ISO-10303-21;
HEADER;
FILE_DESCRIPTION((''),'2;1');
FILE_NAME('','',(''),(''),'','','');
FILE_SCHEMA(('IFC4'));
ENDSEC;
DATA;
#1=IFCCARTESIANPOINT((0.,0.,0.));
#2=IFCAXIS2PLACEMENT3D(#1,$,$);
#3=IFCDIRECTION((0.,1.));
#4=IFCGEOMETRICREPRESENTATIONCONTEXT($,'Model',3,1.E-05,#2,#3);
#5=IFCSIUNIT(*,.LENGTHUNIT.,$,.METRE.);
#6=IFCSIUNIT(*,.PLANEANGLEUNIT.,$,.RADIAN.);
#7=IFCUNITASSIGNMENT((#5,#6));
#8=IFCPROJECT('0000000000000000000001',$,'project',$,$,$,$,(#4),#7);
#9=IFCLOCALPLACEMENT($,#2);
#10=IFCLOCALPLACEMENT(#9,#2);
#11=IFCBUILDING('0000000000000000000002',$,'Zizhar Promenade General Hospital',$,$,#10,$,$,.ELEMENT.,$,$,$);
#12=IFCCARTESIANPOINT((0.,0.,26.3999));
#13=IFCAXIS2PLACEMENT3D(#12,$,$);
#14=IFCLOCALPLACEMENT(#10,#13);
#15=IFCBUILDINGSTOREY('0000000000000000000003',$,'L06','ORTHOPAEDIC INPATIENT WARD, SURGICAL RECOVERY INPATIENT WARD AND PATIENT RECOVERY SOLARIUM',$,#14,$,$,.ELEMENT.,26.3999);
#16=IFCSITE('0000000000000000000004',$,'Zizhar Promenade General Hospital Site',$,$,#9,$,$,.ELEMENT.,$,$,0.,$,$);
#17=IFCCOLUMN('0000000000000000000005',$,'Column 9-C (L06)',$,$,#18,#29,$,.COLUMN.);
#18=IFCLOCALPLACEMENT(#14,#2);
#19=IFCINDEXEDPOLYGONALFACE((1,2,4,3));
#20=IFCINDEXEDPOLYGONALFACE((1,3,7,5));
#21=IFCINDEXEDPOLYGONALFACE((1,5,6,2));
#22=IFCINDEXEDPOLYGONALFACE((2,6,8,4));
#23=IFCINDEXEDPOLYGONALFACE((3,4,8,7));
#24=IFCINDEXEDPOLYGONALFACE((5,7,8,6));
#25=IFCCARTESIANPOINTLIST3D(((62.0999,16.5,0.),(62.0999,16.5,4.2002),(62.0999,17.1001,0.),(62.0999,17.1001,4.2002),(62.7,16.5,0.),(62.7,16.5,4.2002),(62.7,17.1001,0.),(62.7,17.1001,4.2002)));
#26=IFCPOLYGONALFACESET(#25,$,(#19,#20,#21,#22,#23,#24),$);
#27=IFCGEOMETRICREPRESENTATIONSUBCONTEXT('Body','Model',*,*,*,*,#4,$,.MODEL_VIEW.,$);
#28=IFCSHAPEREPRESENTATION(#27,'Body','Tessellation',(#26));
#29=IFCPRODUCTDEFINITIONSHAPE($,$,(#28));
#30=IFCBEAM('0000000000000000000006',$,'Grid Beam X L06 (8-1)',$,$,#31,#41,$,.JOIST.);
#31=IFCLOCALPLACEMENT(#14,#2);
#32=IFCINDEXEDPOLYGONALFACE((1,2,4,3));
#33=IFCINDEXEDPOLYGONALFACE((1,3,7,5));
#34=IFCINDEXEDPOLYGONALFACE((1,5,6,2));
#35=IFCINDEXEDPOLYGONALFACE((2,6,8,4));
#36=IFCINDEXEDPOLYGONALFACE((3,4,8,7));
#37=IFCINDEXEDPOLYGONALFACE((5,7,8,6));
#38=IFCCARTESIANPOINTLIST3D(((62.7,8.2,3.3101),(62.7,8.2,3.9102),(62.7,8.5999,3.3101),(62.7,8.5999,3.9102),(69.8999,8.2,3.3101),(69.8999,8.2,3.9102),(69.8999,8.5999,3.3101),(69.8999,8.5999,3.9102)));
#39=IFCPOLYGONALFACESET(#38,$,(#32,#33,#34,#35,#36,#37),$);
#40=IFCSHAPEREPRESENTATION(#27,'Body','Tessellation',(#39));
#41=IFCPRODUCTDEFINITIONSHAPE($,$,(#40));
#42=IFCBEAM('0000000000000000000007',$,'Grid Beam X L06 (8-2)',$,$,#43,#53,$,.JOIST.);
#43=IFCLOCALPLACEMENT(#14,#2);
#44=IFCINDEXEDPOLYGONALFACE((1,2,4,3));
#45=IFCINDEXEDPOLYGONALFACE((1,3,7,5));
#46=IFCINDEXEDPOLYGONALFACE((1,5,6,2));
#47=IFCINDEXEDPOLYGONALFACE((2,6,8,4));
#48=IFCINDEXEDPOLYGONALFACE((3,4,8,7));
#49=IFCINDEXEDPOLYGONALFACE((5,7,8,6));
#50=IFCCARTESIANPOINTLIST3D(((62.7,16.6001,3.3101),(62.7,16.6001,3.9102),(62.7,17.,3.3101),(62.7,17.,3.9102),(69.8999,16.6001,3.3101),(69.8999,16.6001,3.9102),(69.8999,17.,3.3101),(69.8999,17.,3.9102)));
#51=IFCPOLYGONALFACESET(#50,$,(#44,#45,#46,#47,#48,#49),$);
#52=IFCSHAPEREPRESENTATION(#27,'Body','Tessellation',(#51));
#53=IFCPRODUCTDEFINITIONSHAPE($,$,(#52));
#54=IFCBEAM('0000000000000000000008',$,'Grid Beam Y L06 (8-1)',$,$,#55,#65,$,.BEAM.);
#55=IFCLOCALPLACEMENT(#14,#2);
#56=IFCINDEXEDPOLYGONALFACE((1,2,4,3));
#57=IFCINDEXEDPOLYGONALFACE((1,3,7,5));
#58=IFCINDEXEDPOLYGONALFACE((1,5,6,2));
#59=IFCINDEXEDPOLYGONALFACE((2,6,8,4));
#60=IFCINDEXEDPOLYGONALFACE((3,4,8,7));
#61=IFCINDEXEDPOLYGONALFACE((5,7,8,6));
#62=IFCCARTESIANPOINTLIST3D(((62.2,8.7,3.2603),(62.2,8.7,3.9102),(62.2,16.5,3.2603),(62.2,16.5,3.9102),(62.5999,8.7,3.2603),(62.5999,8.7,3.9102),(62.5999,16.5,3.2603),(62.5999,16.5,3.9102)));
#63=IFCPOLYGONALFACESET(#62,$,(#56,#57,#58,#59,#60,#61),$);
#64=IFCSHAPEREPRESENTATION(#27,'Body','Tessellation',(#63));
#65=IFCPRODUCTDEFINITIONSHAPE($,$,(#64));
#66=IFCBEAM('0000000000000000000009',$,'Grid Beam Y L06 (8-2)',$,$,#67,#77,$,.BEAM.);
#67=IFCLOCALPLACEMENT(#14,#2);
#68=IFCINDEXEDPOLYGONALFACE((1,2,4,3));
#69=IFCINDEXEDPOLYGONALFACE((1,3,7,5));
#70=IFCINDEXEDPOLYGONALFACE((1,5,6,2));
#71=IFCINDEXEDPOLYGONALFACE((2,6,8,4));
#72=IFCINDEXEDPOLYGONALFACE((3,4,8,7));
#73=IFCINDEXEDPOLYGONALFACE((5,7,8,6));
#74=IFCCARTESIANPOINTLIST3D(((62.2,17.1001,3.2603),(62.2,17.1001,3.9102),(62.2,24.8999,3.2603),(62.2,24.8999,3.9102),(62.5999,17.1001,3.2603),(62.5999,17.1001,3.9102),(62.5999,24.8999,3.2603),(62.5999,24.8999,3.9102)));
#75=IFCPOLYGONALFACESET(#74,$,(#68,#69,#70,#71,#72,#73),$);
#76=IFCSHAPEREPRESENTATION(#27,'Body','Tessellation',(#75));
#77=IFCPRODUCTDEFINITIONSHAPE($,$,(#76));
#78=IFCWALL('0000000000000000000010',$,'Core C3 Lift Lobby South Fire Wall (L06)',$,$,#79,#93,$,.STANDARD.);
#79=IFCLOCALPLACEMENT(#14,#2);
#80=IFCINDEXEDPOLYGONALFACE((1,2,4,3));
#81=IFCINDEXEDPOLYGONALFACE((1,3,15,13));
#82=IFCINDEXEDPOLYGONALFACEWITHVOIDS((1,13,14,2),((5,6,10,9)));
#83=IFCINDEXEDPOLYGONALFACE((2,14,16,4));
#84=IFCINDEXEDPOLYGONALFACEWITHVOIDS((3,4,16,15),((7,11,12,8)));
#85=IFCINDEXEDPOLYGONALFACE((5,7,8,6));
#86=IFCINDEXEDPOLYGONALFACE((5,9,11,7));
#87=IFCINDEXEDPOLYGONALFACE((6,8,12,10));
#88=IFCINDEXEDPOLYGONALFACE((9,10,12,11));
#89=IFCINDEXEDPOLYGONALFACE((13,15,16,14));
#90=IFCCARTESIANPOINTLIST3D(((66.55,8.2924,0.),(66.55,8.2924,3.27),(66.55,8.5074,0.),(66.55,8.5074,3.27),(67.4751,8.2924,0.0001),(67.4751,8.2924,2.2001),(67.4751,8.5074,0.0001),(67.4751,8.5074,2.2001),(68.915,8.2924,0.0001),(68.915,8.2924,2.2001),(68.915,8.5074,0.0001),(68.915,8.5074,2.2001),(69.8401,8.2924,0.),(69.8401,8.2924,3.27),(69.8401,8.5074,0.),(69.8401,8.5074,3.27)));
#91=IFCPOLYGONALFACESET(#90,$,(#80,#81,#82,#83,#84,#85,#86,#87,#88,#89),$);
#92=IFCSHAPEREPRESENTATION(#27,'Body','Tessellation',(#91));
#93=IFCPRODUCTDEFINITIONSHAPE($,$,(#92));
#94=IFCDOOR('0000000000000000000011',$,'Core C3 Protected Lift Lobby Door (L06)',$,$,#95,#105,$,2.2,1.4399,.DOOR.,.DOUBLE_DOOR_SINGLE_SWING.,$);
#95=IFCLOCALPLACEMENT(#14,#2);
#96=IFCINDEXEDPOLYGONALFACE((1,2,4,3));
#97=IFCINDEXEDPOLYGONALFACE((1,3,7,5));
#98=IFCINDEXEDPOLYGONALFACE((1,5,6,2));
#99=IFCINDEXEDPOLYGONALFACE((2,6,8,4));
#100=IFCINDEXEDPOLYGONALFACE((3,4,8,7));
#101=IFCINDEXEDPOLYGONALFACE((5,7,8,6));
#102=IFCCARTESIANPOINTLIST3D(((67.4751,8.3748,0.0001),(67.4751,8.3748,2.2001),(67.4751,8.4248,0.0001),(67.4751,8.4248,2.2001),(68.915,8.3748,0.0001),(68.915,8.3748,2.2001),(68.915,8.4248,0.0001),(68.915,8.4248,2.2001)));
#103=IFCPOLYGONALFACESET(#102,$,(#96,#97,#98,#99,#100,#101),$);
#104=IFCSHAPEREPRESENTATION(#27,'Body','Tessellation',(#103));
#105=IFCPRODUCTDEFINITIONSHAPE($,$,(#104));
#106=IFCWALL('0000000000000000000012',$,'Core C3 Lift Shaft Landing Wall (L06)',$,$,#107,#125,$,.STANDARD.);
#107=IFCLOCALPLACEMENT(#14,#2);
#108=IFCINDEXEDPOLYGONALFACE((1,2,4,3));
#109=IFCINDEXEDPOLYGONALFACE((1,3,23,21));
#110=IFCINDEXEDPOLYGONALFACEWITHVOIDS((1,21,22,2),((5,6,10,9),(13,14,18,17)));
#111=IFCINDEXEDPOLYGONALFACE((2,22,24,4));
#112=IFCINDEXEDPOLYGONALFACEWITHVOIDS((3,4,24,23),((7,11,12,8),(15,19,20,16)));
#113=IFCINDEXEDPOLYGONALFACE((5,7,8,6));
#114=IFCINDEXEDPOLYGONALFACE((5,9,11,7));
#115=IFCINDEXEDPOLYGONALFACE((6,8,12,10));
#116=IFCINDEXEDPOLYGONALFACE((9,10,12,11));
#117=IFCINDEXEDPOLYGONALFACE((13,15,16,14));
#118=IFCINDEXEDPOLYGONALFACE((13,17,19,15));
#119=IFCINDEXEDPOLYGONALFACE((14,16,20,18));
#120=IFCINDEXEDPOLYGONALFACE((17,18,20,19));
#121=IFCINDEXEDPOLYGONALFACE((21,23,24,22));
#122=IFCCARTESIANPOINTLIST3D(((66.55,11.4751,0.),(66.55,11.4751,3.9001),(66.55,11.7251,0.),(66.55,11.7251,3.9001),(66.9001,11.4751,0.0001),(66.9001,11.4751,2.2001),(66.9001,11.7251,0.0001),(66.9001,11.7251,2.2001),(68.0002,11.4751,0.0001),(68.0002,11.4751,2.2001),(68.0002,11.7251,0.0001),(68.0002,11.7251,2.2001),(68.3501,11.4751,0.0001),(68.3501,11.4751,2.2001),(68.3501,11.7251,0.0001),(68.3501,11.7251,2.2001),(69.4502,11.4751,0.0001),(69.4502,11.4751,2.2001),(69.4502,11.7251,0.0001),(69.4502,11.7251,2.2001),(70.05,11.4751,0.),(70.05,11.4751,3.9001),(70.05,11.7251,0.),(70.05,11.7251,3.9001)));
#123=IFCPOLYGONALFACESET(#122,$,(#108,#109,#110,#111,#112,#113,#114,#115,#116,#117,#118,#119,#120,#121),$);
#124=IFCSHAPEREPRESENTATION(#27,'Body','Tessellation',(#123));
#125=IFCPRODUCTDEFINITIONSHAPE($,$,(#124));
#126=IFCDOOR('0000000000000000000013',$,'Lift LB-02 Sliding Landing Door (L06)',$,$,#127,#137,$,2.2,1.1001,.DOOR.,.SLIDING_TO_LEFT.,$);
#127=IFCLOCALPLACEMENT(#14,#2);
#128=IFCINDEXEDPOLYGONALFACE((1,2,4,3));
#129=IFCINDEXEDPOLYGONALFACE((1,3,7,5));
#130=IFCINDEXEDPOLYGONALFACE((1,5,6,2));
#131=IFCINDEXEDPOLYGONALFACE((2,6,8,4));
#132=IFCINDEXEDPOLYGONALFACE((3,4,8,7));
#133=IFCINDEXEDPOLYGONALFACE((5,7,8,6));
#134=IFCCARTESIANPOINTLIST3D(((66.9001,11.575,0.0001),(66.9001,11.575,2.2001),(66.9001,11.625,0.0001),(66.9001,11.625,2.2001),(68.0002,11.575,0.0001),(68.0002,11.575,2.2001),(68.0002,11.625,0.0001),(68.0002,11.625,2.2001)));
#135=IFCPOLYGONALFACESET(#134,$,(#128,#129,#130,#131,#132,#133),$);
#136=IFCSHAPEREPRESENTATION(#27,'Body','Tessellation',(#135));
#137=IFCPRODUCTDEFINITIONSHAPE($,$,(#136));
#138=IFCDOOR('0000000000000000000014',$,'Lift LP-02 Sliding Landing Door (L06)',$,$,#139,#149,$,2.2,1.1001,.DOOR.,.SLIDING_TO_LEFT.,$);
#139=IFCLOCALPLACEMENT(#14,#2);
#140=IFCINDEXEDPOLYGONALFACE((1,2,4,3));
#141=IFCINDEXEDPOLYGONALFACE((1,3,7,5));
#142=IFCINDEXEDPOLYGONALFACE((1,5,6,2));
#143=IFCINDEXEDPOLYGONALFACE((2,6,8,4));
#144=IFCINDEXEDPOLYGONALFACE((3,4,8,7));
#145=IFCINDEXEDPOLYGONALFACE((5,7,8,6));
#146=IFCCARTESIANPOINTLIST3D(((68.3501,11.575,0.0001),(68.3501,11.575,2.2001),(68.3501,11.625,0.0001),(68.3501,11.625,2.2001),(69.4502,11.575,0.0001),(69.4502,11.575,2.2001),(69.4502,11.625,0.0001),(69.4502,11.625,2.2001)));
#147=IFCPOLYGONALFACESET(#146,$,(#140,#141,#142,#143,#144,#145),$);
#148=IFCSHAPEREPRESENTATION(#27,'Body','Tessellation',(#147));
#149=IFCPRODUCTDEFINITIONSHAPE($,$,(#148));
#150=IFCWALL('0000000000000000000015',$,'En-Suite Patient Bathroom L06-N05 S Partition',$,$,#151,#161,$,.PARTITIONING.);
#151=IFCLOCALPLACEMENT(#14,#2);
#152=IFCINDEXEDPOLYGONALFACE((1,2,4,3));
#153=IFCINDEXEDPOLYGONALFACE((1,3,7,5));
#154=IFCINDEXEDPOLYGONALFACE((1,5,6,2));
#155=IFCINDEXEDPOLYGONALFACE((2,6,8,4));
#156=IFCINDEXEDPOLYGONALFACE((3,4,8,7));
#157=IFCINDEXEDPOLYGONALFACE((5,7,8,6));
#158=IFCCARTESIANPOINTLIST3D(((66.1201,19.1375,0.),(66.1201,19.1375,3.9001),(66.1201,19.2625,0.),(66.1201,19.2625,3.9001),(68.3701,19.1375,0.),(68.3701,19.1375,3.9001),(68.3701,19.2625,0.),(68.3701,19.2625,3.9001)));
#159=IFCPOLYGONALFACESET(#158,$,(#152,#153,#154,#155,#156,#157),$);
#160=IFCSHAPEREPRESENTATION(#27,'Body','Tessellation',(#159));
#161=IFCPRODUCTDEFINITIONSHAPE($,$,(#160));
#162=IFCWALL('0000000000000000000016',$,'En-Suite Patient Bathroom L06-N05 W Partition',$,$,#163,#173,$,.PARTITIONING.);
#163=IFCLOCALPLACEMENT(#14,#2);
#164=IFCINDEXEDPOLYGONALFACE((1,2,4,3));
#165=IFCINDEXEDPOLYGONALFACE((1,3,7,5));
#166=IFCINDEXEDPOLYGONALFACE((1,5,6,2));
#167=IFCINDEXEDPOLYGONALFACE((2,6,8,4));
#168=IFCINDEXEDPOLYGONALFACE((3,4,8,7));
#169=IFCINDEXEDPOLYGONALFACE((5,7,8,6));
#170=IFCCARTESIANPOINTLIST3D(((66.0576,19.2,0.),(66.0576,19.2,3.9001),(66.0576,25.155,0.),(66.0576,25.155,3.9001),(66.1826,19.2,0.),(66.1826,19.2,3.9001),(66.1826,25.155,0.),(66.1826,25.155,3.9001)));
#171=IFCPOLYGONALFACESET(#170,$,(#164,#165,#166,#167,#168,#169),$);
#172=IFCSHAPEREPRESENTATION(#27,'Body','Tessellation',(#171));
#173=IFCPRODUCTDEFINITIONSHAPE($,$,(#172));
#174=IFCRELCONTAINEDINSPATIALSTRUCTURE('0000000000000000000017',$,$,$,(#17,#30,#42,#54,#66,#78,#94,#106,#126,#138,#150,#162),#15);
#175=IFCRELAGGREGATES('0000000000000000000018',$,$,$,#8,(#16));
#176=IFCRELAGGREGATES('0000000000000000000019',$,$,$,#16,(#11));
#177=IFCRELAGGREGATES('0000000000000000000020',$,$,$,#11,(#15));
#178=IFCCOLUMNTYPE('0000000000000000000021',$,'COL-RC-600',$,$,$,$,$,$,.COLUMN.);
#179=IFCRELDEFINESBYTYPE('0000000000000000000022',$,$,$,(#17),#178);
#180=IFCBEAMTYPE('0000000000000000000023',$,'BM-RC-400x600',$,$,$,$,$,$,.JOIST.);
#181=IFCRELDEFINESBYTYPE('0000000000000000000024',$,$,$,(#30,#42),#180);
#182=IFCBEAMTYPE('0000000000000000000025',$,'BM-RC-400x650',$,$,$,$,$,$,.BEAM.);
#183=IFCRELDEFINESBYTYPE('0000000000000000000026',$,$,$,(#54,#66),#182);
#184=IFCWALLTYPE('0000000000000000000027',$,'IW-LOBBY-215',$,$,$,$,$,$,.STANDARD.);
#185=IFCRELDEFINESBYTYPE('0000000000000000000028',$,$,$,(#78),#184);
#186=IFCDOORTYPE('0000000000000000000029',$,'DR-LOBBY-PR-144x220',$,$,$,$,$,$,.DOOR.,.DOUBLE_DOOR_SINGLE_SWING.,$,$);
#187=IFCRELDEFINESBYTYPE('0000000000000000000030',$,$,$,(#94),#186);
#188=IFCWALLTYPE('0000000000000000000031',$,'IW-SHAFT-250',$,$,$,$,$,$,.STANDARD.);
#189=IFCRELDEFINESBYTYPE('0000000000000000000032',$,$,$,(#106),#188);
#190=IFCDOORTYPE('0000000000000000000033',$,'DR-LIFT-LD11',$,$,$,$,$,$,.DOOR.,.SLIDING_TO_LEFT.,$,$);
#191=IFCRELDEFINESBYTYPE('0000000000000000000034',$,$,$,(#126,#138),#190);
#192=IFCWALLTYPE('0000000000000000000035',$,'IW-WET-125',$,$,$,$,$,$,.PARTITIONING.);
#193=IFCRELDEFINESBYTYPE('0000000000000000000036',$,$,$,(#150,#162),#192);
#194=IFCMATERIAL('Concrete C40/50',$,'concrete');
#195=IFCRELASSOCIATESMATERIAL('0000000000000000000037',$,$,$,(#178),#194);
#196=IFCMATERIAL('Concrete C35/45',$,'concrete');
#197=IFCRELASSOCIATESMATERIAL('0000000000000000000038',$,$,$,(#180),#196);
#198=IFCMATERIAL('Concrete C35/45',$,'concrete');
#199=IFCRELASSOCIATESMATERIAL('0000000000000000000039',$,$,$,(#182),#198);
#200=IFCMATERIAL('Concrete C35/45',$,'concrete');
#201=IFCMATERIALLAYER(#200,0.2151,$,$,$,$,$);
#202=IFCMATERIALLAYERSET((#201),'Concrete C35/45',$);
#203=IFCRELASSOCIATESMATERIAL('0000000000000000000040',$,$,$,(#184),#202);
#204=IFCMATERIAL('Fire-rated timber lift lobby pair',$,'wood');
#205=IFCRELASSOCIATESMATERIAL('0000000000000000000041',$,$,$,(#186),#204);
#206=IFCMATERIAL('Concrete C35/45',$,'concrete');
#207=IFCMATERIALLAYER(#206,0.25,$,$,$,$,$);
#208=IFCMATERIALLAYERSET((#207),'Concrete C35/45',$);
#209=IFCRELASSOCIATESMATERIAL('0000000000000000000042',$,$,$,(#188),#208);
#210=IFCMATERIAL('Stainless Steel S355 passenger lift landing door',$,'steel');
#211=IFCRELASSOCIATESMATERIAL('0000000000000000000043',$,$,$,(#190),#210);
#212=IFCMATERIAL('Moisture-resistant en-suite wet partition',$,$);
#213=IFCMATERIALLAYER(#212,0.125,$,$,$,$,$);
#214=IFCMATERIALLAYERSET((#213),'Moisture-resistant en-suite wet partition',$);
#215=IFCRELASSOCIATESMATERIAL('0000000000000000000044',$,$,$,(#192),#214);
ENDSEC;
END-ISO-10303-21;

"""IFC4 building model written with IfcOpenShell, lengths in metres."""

from ifc_helpers import new_model, si_unit, direction, frame, frame_2d, origin, origin_2d, place, context, subcontext, project, spatial, rectangle, extrude, material, layer, layer_set, material_profile, profile_set, type_object, element, fill, save


model = new_model("IFC4")

# Units and contexts
model_context = context("Model", 3, precision=1e-05, world=origin(), true_north=direction((0.0, 1.0)))
body_context = subcontext(model_context, "Body", "Model", "MODEL_VIEW")
ifc_project = project(units=[si_unit("LENGTHUNIT", "METRE"), si_unit("PLANEANGLEUNIT", "RADIAN")], contexts=[model_context])

# Site, building, storey
site_placement = place(None, origin())
site = spatial("IfcSite", under=ifc_project, at=site_placement, Name="Zizhar Promenade General Hospital Site", CompositionType="ELEMENT", RefElevation=0.0)
building_placement = place(site_placement, origin())
building = spatial("IfcBuilding", under=site, at=building_placement, Name="Zizhar Promenade General Hospital", CompositionType="ELEMENT")
storey_placement = place(building_placement, frame((0.0, 0.0, 26.3999)))
storey = spatial("IfcBuildingStorey", under=building, at=storey_placement, Name="L06", Description="ORTHOPAEDIC INPATIENT WARD, SURGICAL RECOVERY INPATIENT WARD AND PATIENT RECOVERY SOLARIUM", CompositionType="ELEMENT", Elevation=26.3999)

# Column
ifc_material_1 = material(Name="Concrete C40/50", Category="concrete")
ifc_material_profile_1 = material_profile(ifc_material_1, rectangle(XDim=0.6001, YDim=0.6001, at=origin_2d()))
ifc_profile_set_1 = profile_set([ifc_material_profile_1], Name="Concrete C40/50")
column_type = type_object("IfcColumnType", Name="COL-RC-600", PredefinedType="COLUMN", material=ifc_profile_set_1)
column_placement = place(storey_placement, frame((62.3999, 16.8, 0.0), z_axis=(0.0, 0.0, 1.0), x_axis=(1.0, 0.0, 0.0)))
element("IfcColumn", 1, at=column_placement, inside=storey, type_object=column_type, Name="Column 9-C (L06)", PredefinedType="COLUMN", context=body_context, shape_type="SweptSolid", body=[
    extrude(rectangle(XDim=0.6001, YDim=0.6001, at=origin_2d()), origin(), (0.0, 0.0, 1.0), 4.2002),
])

# Beams
ifc_material_2 = material(Name="Concrete C35/45", Category="concrete")
ifc_material_profile_2 = material_profile(ifc_material_2, rectangle(XDim=0.3999, YDim=0.6001, at=origin_2d()))
ifc_profile_set_2 = profile_set([ifc_material_profile_2], Name="Concrete C35/45")
beam_type_1 = type_object("IfcBeamType", Name="BM-RC-400x600", PredefinedType="JOIST", material=ifc_profile_set_2)
for number, where, z_axis, x_axis, name in (
    (2, (62.7, 8.3999, 3.6101), (1.0, 0.0, 0.0), (0.0, 1.0, 0.0), "Grid Beam X L06 (8-1)"),
    (3, (62.7, 16.8, 3.6101), (1.0, 0.0, 0.0), (0.0, 1.0, 0.0), "Grid Beam X L06 (8-2)"),
):
    element("IfcBeam", number, at=place(storey_placement, frame(where, z_axis=z_axis, x_axis=x_axis)), inside=storey, type_object=beam_type_1, Name=name, PredefinedType="JOIST", context=body_context, shape_type="SweptSolid", body=[
        extrude(rectangle(XDim=0.3999, YDim=0.6001, at=origin_2d()), origin(), (0.0, 0.0, 1.0), 7.2),
    ])
ifc_material_3 = material(Name="Concrete C35/45", Category="concrete")
ifc_material_profile_3 = material_profile(ifc_material_3, rectangle(XDim=0.3999, YDim=0.6499, at=origin_2d()))
ifc_profile_set_3 = profile_set([ifc_material_profile_3], Name="Concrete C35/45")
beam_type_2 = type_object("IfcBeamType", Name="BM-RC-400x650", PredefinedType="BEAM", material=ifc_profile_set_3)
beam_1_placement = place(storey_placement, frame((62.3999, 8.7, 3.5852), z_axis=(0.0, 1.0, 0.0), x_axis=(-1.0, 0.0, 0.0)))
element("IfcBeam", 4, at=beam_1_placement, inside=storey, type_object=beam_type_2, Name="Grid Beam Y L06 (8-1)", PredefinedType="BEAM", context=body_context, shape_type="SweptSolid", body=[
    extrude(rectangle(XDim=0.3999, YDim=0.6499, at=origin_2d()), origin(), (0.0, 0.0, 1.0), 7.8),
])
beam_2_placement = place(storey_placement, frame((62.3999, 17.1001, 3.5852), z_axis=(0.0, 1.0, 0.0), x_axis=(-1.0, 0.0, 0.0)))
element("IfcBeam", 5, at=beam_2_placement, inside=storey, type_object=beam_type_2, Name="Grid Beam Y L06 (8-2)", PredefinedType="BEAM", context=body_context, shape_type="SweptSolid", body=[
    extrude(rectangle(XDim=0.3999, YDim=0.6499, at=origin_2d()), origin(), (0.0, 0.0, 1.0), 7.7998),
])

# Wall, opening, door
ifc_material_4 = material(Name="Concrete C35/45", Category="concrete")
ifc_layer_1 = layer(ifc_material_4, 0.2151)
ifc_layer_set_1 = layer_set([ifc_layer_1], Name="Concrete C35/45")
wall_type_1 = type_object("IfcWallType", Name="IW-LOBBY-215", PredefinedType="STANDARD", material=ifc_layer_set_1)
wall_1_placement = place(storey_placement, frame((66.55, 8.3999, 0.0), z_axis=(0.0, 0.0, 1.0), x_axis=(1.0, 0.0, 0.0)))
wall_1 = element("IfcWall", 6, at=wall_1_placement, inside=storey, type_object=wall_type_1, Name="Core C3 Lift Lobby South Fire Wall (L06)", PredefinedType="STANDARD", context=body_context, shape_type="SweptSolid", body=[
    extrude(rectangle(XDim=3.29, YDim=0.2151, at=frame_2d((1.645, 0.0))), origin(), (0.0, 0.0, 1.0), 3.27),
])
opening_1_placement = place(wall_1_placement, frame((0.925, 0.0, 0.0)))
opening_1 = element("IfcOpeningElement", 7, at=opening_1_placement, cuts=wall_1, PredefinedType="OPENING", context=body_context, shape_type="SweptSolid", body=[
    extrude(rectangle(XDim=1.4399, YDim=2.2, at=frame_2d((0.72, 1.1001))), frame((0.0, 0.1177, 0.0), z_axis=(0.0, -1.0, 0.0), x_axis=(1.0, 0.0, 0.0)), (0.0, 0.0, 1.0), 0.2351),
])
ifc_material_5 = material(Name="Fire-rated timber lift lobby pair", Category="wood")
door_type_1 = type_object("IfcDoorType", Name="DR-LOBBY-PR-144x220", OperationType="DOUBLE_DOOR_SINGLE_SWING", PredefinedType="DOOR", material=ifc_material_5)
door_1_placement = place(opening_1_placement, origin())
door_1 = element("IfcDoor", 8, at=door_1_placement, inside=storey, type_object=door_type_1, Name="Core C3 Protected Lift Lobby Door (L06)", OperationType="DOUBLE_DOOR_SINGLE_SWING", OverallHeight=2.2, OverallWidth=1.4399, PredefinedType="DOOR", context=body_context, shape_type="SweptSolid", body=[
    extrude(rectangle(XDim=1.4399, YDim=2.2, at=frame_2d((0.72, 1.1001))), frame((0.0, 0.0249, 0.0), z_axis=(0.0, -1.0, 0.0), x_axis=(1.0, 0.0, 0.0)), (0.0, 0.0, 1.0), 0.05),
])
fill(opening_1, door_1)

# Wall, openings, doors
ifc_material_6 = material(Name="Concrete C35/45", Category="concrete")
ifc_layer_2 = layer(ifc_material_6, 0.25)
ifc_layer_set_2 = layer_set([ifc_layer_2], Name="Concrete C35/45")
wall_type_2 = type_object("IfcWallType", Name="IW-SHAFT-250", PredefinedType="STANDARD", material=ifc_layer_set_2)
wall_2_placement = place(storey_placement, frame((66.55, 11.6001, 0.0), z_axis=(0.0, 0.0, 1.0), x_axis=(1.0, 0.0, 0.0)))
wall_2 = element("IfcWall", 9, at=wall_2_placement, inside=storey, type_object=wall_type_2, Name="Core C3 Lift Shaft Landing Wall (L06)", PredefinedType="STANDARD", context=body_context, shape_type="SweptSolid", body=[
    extrude(rectangle(XDim=3.5, YDim=0.25, at=frame_2d((1.75, 0.0))), origin(), (0.0, 0.0, 1.0), 3.9001),
])
opening_2_placement = place(wall_2_placement, frame((0.3501, 0.0, 0.0)))
opening_2 = element("IfcOpeningElement", 10, at=opening_2_placement, cuts=wall_2, PredefinedType="OPENING", context=body_context, shape_type="SweptSolid", body=[
    extrude(rectangle(XDim=1.1001, YDim=2.2, at=frame_2d((0.55, 1.1001))), frame((0.0, 0.135, 0.0), z_axis=(0.0, -1.0, 0.0), x_axis=(1.0, 0.0, 0.0)), (0.0, 0.0, 1.0), 0.27),
])
opening_3_placement = place(wall_2_placement, frame((1.8, 0.0, 0.0)))
opening_3 = element("IfcOpeningElement", 11, at=opening_3_placement, cuts=wall_2, PredefinedType="OPENING", context=body_context, shape_type="SweptSolid", body=[
    extrude(rectangle(XDim=1.1001, YDim=2.2, at=frame_2d((0.55, 1.1001))), frame((0.0, 0.135, 0.0), z_axis=(0.0, -1.0, 0.0), x_axis=(1.0, 0.0, 0.0)), (0.0, 0.0, 1.0), 0.27),
])
ifc_material_7 = material(Name="Stainless Steel S355 passenger lift landing door", Category="steel")
door_type_2 = type_object("IfcDoorType", Name="DR-LIFT-LD11", OperationType="SLIDING_TO_LEFT", PredefinedType="DOOR", material=ifc_material_7)
door_2_placement = place(opening_2_placement, origin())
door_2 = element("IfcDoor", 12, at=door_2_placement, inside=storey, type_object=door_type_2, Name="Lift LB-02 Sliding Landing Door (L06)", OperationType="SLIDING_TO_LEFT", OverallHeight=2.2, OverallWidth=1.1001, PredefinedType="DOOR", context=body_context, shape_type="SweptSolid", body=[
    extrude(rectangle(XDim=1.1001, YDim=2.2, at=frame_2d((0.55, 1.1001))), frame((0.0, 0.0249, 0.0), z_axis=(0.0, -1.0, 0.0), x_axis=(1.0, 0.0, 0.0)), (0.0, 0.0, 1.0), 0.05),
])
fill(opening_2, door_2)
door_3_placement = place(opening_3_placement, origin())
door_3 = element("IfcDoor", 13, at=door_3_placement, inside=storey, type_object=door_type_2, Name="Lift LP-02 Sliding Landing Door (L06)", OperationType="SLIDING_TO_LEFT", OverallHeight=2.2, OverallWidth=1.1001, PredefinedType="DOOR", context=body_context, shape_type="SweptSolid", body=[
    extrude(rectangle(XDim=1.1001, YDim=2.2, at=frame_2d((0.55, 1.1001))), frame((0.0, 0.0249, 0.0), z_axis=(0.0, -1.0, 0.0), x_axis=(1.0, 0.0, 0.0)), (0.0, 0.0, 1.0), 0.05),
])
fill(opening_3, door_3)

# Walls
ifc_material_8 = material(Name="Moisture-resistant en-suite wet partition")
ifc_layer_3 = layer(ifc_material_8, 0.125)
ifc_layer_set_3 = layer_set([ifc_layer_3], Name="Moisture-resistant en-suite wet partition")
wall_type_3 = type_object("IfcWallType", Name="IW-WET-125", PredefinedType="PARTITIONING", material=ifc_layer_set_3)
wall_3_placement = place(storey_placement, frame((66.1201, 19.2, 0.0), z_axis=(0.0, 0.0, 1.0), x_axis=(1.0, 0.0, 0.0)))
element("IfcWall", 14, at=wall_3_placement, inside=storey, type_object=wall_type_3, Name="En-Suite Patient Bathroom L06-N05 S Partition", PredefinedType="PARTITIONING", context=body_context, shape_type="SweptSolid", body=[
    extrude(rectangle(XDim=2.25, YDim=0.125, at=frame_2d((1.125, 0.0))), origin(), (0.0, 0.0, 1.0), 3.9001),
])
wall_4_placement = place(storey_placement, frame((66.1201, 19.2, 0.0), z_axis=(0.0, 0.0, 1.0), x_axis=(0.0, 1.0, 0.0)))
element("IfcWall", 15, at=wall_4_placement, inside=storey, type_object=wall_type_3, Name="En-Suite Patient Bathroom L06-N05 W Partition", PredefinedType="PARTITIONING", context=body_context, shape_type="SweptSolid", body=[
    extrude(rectangle(XDim=5.9551, YDim=0.125, at=frame_2d((2.9775, 0.0))), origin(), (0.0, 0.0, 1.0), 3.9001),
])

save(model, "model.ifc")
